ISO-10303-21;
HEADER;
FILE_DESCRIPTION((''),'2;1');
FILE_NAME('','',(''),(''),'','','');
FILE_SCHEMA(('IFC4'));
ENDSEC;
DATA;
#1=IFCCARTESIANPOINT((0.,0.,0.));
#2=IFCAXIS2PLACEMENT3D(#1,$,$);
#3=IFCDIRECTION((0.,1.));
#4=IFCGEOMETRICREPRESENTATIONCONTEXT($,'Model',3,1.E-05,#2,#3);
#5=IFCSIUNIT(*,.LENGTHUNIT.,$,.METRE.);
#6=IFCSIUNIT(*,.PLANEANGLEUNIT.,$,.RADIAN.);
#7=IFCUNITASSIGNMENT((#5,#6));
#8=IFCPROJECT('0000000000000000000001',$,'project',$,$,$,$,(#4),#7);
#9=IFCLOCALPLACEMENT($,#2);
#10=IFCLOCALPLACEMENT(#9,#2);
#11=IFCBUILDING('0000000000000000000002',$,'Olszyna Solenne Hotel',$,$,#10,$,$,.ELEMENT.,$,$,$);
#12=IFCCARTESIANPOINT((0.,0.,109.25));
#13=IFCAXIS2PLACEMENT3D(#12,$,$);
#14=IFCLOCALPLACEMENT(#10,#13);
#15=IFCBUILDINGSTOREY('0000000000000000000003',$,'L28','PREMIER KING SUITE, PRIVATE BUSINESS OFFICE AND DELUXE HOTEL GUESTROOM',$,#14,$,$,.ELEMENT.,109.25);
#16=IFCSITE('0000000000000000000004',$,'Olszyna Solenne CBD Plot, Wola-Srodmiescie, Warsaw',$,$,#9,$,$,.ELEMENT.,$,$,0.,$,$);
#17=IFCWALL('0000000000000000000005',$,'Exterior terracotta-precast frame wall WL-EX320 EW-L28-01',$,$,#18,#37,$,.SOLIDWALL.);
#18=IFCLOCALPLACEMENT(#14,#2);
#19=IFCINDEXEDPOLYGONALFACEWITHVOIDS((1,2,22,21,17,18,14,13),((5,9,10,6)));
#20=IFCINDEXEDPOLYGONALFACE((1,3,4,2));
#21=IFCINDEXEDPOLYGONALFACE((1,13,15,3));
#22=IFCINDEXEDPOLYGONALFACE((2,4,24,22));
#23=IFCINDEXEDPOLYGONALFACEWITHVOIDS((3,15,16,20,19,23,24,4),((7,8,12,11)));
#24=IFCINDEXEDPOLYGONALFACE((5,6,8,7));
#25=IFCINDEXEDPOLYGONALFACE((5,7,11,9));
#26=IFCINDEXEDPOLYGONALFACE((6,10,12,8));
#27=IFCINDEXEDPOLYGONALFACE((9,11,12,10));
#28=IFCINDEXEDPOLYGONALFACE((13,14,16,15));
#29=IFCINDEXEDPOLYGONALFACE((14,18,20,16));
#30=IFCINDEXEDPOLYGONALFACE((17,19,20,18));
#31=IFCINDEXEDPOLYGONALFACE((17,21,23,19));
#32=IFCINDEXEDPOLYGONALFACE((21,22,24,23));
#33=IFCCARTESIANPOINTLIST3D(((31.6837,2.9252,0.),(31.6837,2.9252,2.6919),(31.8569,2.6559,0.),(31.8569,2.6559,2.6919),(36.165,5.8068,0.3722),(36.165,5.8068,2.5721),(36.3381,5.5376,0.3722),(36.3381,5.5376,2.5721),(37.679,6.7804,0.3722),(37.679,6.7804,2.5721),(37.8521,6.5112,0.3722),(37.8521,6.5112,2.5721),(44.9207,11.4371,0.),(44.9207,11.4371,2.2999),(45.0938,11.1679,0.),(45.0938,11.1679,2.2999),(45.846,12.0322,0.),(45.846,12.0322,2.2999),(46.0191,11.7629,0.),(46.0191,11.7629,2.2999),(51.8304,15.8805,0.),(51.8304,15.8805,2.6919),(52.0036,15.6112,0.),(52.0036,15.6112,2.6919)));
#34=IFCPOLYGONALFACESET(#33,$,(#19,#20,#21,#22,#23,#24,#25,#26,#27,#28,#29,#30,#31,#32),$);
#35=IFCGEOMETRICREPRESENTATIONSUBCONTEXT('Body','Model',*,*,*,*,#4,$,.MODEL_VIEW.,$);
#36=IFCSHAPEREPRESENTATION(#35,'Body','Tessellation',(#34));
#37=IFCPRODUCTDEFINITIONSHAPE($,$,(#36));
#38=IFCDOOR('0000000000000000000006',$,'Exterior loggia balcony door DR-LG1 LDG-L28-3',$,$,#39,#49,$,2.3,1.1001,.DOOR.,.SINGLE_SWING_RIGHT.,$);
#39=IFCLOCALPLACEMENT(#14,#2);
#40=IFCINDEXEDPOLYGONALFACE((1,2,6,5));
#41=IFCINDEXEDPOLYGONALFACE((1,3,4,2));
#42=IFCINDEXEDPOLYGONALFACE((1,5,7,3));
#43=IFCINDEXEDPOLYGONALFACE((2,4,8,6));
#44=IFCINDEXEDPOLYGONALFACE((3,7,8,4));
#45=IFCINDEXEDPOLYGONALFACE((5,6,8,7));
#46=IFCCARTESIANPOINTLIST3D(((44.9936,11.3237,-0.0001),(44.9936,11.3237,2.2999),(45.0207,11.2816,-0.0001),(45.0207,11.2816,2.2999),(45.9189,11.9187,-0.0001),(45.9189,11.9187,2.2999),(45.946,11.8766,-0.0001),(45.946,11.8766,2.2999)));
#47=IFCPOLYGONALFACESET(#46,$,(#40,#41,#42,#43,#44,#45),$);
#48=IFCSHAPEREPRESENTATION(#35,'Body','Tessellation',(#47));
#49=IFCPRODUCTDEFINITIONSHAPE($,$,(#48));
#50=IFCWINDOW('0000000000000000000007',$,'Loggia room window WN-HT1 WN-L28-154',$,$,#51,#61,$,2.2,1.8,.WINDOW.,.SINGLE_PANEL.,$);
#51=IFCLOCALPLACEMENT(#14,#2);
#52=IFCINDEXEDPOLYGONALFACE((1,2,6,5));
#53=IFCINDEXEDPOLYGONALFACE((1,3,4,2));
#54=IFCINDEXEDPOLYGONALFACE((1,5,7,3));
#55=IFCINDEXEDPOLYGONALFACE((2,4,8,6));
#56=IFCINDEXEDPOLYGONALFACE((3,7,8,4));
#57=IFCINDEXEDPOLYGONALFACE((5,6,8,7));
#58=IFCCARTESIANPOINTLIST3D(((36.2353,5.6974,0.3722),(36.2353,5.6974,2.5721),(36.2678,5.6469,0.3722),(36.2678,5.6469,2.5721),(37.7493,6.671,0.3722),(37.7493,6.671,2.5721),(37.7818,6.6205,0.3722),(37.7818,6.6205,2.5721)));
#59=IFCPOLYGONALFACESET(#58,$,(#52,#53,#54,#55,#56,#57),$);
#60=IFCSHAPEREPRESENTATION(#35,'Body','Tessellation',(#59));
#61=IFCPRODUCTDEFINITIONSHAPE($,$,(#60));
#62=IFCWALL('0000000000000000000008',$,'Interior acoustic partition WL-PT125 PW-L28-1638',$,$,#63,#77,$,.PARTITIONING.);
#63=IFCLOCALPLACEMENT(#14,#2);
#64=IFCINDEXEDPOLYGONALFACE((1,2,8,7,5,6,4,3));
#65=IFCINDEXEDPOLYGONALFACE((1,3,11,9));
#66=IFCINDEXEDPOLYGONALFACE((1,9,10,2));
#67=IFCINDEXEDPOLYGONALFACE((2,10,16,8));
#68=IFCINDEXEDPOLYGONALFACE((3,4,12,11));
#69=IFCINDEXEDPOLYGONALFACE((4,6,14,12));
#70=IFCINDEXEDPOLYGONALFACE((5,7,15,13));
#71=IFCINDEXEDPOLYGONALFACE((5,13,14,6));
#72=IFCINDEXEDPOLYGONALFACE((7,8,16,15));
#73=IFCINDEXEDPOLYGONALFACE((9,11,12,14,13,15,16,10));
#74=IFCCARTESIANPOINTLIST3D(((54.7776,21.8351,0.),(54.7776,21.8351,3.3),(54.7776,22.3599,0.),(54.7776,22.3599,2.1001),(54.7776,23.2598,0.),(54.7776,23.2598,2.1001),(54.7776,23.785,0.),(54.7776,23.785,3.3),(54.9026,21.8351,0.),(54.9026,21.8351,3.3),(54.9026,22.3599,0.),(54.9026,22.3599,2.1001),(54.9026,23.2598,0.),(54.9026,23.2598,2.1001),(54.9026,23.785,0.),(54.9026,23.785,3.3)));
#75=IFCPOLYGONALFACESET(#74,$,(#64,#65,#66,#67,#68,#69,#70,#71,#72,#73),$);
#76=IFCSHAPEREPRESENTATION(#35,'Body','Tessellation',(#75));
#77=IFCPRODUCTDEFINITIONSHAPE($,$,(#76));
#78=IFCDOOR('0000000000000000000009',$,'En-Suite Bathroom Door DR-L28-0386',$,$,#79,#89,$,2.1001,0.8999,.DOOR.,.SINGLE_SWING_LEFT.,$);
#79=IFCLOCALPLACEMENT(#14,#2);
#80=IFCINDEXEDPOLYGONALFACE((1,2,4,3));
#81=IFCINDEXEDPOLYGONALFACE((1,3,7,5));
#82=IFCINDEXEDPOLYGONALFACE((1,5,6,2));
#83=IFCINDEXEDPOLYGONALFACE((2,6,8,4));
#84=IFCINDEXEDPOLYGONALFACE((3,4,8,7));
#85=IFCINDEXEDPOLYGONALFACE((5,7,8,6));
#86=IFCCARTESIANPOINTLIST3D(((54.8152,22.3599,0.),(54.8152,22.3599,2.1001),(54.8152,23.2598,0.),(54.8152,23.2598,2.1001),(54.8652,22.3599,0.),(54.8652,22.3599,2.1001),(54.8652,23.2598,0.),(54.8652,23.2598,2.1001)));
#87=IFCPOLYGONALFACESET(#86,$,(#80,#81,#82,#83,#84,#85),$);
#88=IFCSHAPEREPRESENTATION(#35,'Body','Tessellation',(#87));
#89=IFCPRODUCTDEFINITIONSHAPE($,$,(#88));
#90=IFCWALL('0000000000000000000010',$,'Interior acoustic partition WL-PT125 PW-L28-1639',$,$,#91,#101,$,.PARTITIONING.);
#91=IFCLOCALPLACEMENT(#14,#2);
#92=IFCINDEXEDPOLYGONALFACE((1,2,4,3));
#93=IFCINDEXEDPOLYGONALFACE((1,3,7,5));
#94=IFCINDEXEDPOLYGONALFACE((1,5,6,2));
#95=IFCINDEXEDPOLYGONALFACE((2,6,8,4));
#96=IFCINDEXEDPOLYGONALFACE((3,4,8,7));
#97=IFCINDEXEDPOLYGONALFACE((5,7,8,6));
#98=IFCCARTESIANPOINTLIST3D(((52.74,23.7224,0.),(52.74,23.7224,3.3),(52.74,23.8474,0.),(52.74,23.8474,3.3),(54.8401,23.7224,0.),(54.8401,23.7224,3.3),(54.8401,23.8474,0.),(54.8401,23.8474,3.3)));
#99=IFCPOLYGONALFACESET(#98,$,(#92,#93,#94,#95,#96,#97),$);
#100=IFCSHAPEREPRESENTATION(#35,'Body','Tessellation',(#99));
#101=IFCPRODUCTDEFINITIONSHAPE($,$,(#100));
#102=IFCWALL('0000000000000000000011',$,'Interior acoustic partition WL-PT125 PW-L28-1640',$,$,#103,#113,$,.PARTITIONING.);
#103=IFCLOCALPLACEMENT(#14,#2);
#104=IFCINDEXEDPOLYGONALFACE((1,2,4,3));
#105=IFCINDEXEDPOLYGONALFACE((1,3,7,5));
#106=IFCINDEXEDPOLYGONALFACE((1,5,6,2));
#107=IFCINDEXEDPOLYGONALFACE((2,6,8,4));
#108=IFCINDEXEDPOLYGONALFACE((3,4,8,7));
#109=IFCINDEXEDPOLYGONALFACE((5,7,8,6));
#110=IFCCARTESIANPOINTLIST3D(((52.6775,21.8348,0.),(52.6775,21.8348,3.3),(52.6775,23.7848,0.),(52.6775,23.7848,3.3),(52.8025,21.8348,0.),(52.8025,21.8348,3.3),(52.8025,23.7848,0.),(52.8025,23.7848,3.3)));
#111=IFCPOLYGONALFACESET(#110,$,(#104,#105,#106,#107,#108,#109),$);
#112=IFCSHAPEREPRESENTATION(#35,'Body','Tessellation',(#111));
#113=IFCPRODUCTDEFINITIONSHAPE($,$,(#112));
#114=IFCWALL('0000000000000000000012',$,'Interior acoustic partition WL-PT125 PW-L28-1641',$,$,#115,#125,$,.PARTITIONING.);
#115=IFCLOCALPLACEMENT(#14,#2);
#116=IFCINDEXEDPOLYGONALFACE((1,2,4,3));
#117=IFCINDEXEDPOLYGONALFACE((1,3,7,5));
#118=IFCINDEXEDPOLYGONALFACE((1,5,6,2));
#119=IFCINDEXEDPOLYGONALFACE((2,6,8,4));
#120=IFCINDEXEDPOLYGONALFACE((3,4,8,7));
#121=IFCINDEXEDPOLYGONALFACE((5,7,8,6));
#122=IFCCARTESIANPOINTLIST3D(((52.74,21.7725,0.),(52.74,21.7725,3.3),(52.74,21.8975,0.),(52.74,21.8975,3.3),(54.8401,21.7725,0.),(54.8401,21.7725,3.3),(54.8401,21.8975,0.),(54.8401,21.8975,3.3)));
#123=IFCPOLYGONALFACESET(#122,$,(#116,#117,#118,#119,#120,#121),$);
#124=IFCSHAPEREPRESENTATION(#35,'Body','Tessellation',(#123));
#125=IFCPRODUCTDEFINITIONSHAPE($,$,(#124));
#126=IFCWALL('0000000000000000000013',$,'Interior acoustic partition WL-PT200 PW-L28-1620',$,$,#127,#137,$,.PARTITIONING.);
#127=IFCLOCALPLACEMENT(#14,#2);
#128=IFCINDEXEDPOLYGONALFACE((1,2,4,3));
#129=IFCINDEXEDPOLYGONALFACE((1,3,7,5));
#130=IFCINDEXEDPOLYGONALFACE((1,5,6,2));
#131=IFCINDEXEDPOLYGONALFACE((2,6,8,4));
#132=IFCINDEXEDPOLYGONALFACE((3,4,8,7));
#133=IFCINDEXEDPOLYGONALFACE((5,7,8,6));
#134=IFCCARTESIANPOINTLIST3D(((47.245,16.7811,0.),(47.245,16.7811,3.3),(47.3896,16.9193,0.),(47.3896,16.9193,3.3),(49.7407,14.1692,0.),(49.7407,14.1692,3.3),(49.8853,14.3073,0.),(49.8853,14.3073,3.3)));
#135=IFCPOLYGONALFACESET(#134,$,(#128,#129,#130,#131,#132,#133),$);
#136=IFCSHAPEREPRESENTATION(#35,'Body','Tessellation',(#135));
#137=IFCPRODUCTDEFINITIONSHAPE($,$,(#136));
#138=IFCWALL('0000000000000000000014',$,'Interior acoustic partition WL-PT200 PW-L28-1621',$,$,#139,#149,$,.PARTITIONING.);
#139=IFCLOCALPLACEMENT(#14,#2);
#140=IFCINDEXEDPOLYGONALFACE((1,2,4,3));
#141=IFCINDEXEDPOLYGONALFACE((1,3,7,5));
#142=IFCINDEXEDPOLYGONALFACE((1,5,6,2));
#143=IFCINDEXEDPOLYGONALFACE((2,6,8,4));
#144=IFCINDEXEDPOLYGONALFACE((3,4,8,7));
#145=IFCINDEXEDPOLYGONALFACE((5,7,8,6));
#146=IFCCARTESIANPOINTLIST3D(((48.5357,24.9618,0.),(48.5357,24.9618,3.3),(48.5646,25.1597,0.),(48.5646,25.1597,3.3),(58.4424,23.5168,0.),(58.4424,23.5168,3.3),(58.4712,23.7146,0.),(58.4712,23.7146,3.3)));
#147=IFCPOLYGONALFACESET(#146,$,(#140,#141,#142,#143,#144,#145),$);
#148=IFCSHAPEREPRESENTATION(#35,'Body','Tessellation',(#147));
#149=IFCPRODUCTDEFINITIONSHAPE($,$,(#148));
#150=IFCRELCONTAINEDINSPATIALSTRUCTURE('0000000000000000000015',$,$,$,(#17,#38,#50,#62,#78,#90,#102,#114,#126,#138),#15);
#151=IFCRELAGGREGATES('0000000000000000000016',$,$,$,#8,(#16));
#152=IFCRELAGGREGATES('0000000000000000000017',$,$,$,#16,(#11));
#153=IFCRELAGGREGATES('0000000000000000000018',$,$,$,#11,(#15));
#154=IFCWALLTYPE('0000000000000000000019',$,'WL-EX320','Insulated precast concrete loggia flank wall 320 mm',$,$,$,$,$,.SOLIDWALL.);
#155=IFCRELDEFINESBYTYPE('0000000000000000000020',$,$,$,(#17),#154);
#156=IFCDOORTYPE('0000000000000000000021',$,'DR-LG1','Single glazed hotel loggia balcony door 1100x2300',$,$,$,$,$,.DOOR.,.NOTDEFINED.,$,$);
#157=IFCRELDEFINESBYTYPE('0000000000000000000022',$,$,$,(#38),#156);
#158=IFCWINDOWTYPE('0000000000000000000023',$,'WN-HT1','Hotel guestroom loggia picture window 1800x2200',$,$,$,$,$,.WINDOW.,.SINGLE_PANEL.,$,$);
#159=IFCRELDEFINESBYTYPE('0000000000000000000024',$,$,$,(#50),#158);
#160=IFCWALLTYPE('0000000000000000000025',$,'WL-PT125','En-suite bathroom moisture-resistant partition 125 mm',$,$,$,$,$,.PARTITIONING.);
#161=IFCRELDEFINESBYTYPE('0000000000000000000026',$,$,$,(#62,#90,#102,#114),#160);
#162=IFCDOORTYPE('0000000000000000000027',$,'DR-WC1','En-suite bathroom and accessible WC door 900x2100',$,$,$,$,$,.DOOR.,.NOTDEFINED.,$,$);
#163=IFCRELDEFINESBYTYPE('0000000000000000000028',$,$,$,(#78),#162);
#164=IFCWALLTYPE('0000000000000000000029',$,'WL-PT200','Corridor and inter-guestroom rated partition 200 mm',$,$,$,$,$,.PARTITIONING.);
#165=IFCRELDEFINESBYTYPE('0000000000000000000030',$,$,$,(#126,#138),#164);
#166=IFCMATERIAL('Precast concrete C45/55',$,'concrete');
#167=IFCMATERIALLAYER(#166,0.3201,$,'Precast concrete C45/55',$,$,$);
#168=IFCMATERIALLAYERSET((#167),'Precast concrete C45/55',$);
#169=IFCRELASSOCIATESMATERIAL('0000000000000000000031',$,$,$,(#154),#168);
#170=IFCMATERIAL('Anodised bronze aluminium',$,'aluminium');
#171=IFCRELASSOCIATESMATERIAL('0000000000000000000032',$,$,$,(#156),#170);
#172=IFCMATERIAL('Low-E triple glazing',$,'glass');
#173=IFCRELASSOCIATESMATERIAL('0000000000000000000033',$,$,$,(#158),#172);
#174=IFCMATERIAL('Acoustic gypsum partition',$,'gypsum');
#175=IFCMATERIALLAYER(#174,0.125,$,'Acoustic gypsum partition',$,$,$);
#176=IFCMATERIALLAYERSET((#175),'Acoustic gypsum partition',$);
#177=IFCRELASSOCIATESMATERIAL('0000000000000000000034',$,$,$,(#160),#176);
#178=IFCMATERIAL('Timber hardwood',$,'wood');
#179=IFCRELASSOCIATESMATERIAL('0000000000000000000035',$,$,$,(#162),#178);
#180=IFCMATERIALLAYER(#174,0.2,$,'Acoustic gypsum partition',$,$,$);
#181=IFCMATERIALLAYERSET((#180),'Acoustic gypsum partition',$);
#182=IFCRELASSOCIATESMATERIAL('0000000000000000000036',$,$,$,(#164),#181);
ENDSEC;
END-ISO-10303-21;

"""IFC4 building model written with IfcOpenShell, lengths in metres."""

from ifc_helpers import new_model, si_unit, direction, frame, frame_2d, origin, place, context, subcontext, project, spatial, rectangle, extrude, source, transform, mapped, material, layer, layer_set, type_object, type_shapes, element, fill, save


model = new_model("IFC4")

# Units and contexts
model_context = context("Model", 3, precision=1e-05, world=origin(), true_north=direction((0.0, 1.0)))
body_context = subcontext(model_context, "Body", "Model", "MODEL_VIEW")
ifc_project = project(units=[si_unit("LENGTHUNIT", "METRE"), si_unit("PLANEANGLEUNIT", "RADIAN")], contexts=[model_context])

# Site, building, storey
site_placement = place(None, origin())
site = spatial("IfcSite", under=ifc_project, at=site_placement, Name="Olszyna Solenne CBD Plot, Wola-Srodmiescie, Warsaw", CompositionType="ELEMENT", RefElevation=0.0)
building_placement = place(site_placement, origin())
building = spatial("IfcBuilding", under=site, at=building_placement, Name="Olszyna Solenne Hotel", CompositionType="ELEMENT")
storey_placement = place(building_placement, frame((0.0, 0.0, 109.25)))
storey = spatial("IfcBuildingStorey", under=building, at=storey_placement, Name="L28", Description="PREMIER KING SUITE, PRIVATE BUSINESS OFFICE AND DELUXE HOTEL GUESTROOM", CompositionType="ELEMENT", Elevation=109.25)

# Wall, openings, door, window
ifc_material_1 = material(Name="Precast concrete C45/55", Category="concrete")
ifc_layer_1 = layer(ifc_material_1, 0.3201, Name="Precast concrete C45/55")
ifc_layer_set_1 = layer_set([ifc_layer_1], Name="Precast concrete C45/55")
wall_type_1 = type_object("IfcWallType", Name="WL-EX320", Description="Insulated precast concrete loggia flank wall 320 mm", PredefinedType="SOLIDWALL", material=ifc_layer_set_1)
wall_1_placement = place(storey_placement, frame((51.917, 15.7458, 0.0), z_axis=(0.0, 0.0, 1.0), x_axis=(-0.841105, -0.540871, 0.0)))
wall_1 = element("IfcWall", 1, at=wall_1_placement, inside=storey, type_object=wall_type_1, Name="Exterior terracotta-precast frame wall WL-EX320 EW-L28-01", PredefinedType="SOLIDWALL", context=body_context, shape_type="SweptSolid", body=[
    extrude(rectangle(XDim=23.9526, YDim=0.3201, at=frame_2d((11.9763, 0.0))), origin(), (0.0, 0.0, 1.0), 2.6919),
])
opening_1_placement = place(wall_1_placement, frame((7.115, 0.0, 0.0)))
opening_1 = element("IfcOpeningElement", 2, at=opening_1_placement, cuts=wall_1, PredefinedType="OPENING", context=body_context, shape_type="SweptSolid", body=[
    extrude(rectangle(XDim=1.1001, YDim=2.3, at=frame_2d((0.55, 1.1499))), frame((0.0, 0.1699, 0.0), z_axis=(0.0, -1.0, 0.0), x_axis=(1.0, 0.0, 0.0)), (0.0, 0.0, 1.0), 0.3401),
])
opening_2_placement = place(wall_1_placement, frame((16.825, 0.0, 0.3721)))
opening_2 = element("IfcOpeningElement", 3, at=opening_2_placement, cuts=wall_1, PredefinedType="OPENING", context=body_context, shape_type="SweptSolid", body=[
    extrude(rectangle(XDim=1.8, YDim=2.2, at=frame_2d((0.8999, 1.1001))), frame((0.0, 0.1699, 0.0), z_axis=(0.0, -1.0, 0.0), x_axis=(1.0, 0.0, 0.0)), (0.0, 0.0, 1.0), 0.3401),
])
ifc_material_2 = material(Name="Anodised bronze aluminium", Category="aluminium")
door_type_1 = type_object("IfcDoorType", Name="DR-LG1", Description="Single glazed hotel loggia balcony door 1100x2300", OperationType="NOTDEFINED", PredefinedType="DOOR", material=ifc_material_2)
shared_shape_1 = source(origin(), body_context, "Body", "SweptSolid", [
    extrude(rectangle(XDim=1.1001, YDim=2.3, at=frame_2d((0.55, 1.1499))), frame((0.0, 0.0249, 0.0), z_axis=(0.0, -1.0, 0.0), x_axis=(1.0, 0.0, 0.0)), (0.0, 0.0, 1.0), 0.05),
])
type_shapes(door_type_1, [shared_shape_1])
door_1_placement = place(opening_1_placement, origin())
door_1 = element("IfcDoor", 4, at=door_1_placement, inside=storey, type_object=door_type_1, Name="Exterior loggia balcony door DR-LG1 LDG-L28-3", OperationType="SINGLE_SWING_RIGHT", OverallHeight=2.3, OverallWidth=1.1001, PredefinedType="DOOR", context=body_context, shape_type="MappedRepresentation", body=[
    mapped(shared_shape_1, transform((0.0, 0.0, 0.0), x_axis=(1.0, 0.0, 0.0), y_axis=(0.0, 1.0, 0.0), z_axis=(0.0, 0.0, 1.0), scale=1.0)),
])
fill(opening_1, door_1)
ifc_material_3 = material(Name="Low-E triple glazing", Category="glass")
window_type = type_object("IfcWindowType", Name="WN-HT1", Description="Hotel guestroom loggia picture window 1800x2200", PartitioningType="SINGLE_PANEL", PredefinedType="WINDOW", material=ifc_material_3)
shared_shape_2 = source(origin(), body_context, "Body", "SweptSolid", [
    extrude(rectangle(XDim=1.8, YDim=2.2, at=frame_2d((0.8999, 1.1001))), frame((0.0, 0.03, 0.0), z_axis=(0.0, -1.0, 0.0), x_axis=(1.0, 0.0, 0.0)), (0.0, 0.0, 1.0), 0.0601),
])
type_shapes(window_type, [shared_shape_2])
window_placement = place(opening_2_placement, origin())
window = element("IfcWindow", 5, at=window_placement, inside=storey, type_object=window_type, Name="Loggia room window WN-HT1 WN-L28-154", OverallHeight=2.2, OverallWidth=1.8, PartitioningType="SINGLE_PANEL", PredefinedType="WINDOW", context=body_context, shape_type="MappedRepresentation", body=[
    mapped(shared_shape_2, transform((0.0, 0.0, 0.0), x_axis=(1.0, 0.0, 0.0), y_axis=(0.0, 1.0, 0.0), z_axis=(0.0, 0.0, 1.0), scale=1.0)),
])
fill(opening_2, window)

# Wall, opening, door
ifc_material_4 = material(Name="Acoustic gypsum partition", Category="gypsum")
ifc_layer_2 = layer(ifc_material_4, 0.125, Name="Acoustic gypsum partition")
ifc_layer_set_2 = layer_set([ifc_layer_2], Name="Acoustic gypsum partition")
wall_type_2 = type_object("IfcWallType", Name="WL-PT125", Description="En-suite bathroom moisture-resistant partition 125 mm", PredefinedType="PARTITIONING", material=ifc_layer_set_2)
wall_2_placement = place(storey_placement, frame((54.8401, 21.835, 0.0), z_axis=(0.0, 0.0, 1.0), x_axis=(0.0, 1.0, 0.0)))
wall_2 = element("IfcWall", 6, at=wall_2_placement, inside=storey, type_object=wall_type_2, Name="Interior acoustic partition WL-PT125 PW-L28-1638", PredefinedType="PARTITIONING", context=body_context, shape_type="SweptSolid", body=[
    extrude(rectangle(XDim=1.95, YDim=0.125, at=frame_2d((0.9751, 0.0))), origin(), (0.0, 0.0, 1.0), 3.3),
])
opening_3_placement = place(wall_2_placement, frame((0.5249, 0.0, 0.0)))
opening_3 = element("IfcOpeningElement", 7, at=opening_3_placement, cuts=wall_2, PredefinedType="OPENING", context=body_context, shape_type="SweptSolid", body=[
    extrude(rectangle(XDim=0.8999, YDim=2.1001, at=frame_2d((0.45, 1.05))), frame((0.0, 0.0725, 0.0), z_axis=(0.0, -1.0, 0.0), x_axis=(1.0, 0.0, 0.0)), (0.0, 0.0, 1.0), 0.145),
])
ifc_material_5 = material(Name="Timber hardwood", Category="wood")
door_type_2 = type_object("IfcDoorType", Name="DR-WC1", Description="En-suite bathroom and accessible WC door 900x2100", OperationType="NOTDEFINED", PredefinedType="DOOR", material=ifc_material_5)
shared_shape_3 = source(origin(), body_context, "Body", "SweptSolid", [
    extrude(rectangle(XDim=0.8999, YDim=2.1001, at=frame_2d((0.45, 1.05))), frame((0.0, 0.0249, 0.0), z_axis=(0.0, -1.0, 0.0), x_axis=(1.0, 0.0, 0.0)), (0.0, 0.0, 1.0), 0.05),
])
type_shapes(door_type_2, [shared_shape_3])
door_2_placement = place(opening_3_placement, origin())
door_2 = element("IfcDoor", 8, at=door_2_placement, inside=storey, type_object=door_type_2, Name="En-Suite Bathroom Door DR-L28-0386", OperationType="SINGLE_SWING_LEFT", OverallHeight=2.1001, OverallWidth=0.8999, PredefinedType="DOOR", context=body_context, shape_type="MappedRepresentation", body=[
    mapped(shared_shape_3, transform((0.0, 0.0, 0.0), x_axis=(1.0, 0.0, 0.0), y_axis=(0.0, 1.0, 0.0), z_axis=(0.0, 0.0, 1.0), scale=1.0)),
])
fill(opening_3, door_2)

# Walls
wall_3_placement = place(storey_placement, frame((54.8401, 23.7849, 0.0), z_axis=(0.0, 0.0, 1.0), x_axis=(-1.0, 0.0, 0.0)))
element("IfcWall", 9, at=wall_3_placement, inside=storey, type_object=wall_type_2, Name="Interior acoustic partition WL-PT125 PW-L28-1639", PredefinedType="PARTITIONING", context=body_context, shape_type="SweptSolid", body=[
    extrude(rectangle(XDim=2.1001, YDim=0.125, at=frame_2d((1.05, 0.0))), origin(), (0.0, 0.0, 1.0), 3.3),
])
wall_4_placement = place(storey_placement, frame((52.74, 23.7849, 0.0), z_axis=(0.0, 0.0, 1.0), x_axis=(0.0, -1.0, 0.0)))
element("IfcWall", 10, at=wall_4_placement, inside=storey, type_object=wall_type_2, Name="Interior acoustic partition WL-PT125 PW-L28-1640", PredefinedType="PARTITIONING", context=body_context, shape_type="SweptSolid", body=[
    extrude(rectangle(XDim=1.95, YDim=0.125, at=frame_2d((0.9751, 0.0))), origin(), (0.0, 0.0, 1.0), 3.3),
])
wall_5_placement = place(storey_placement, frame((52.74, 21.835, 0.0), z_axis=(0.0, 0.0, 1.0), x_axis=(1.0, 0.0, 0.0)))
element("IfcWall", 11, at=wall_5_placement, inside=storey, type_object=wall_type_2, Name="Interior acoustic partition WL-PT125 PW-L28-1641", PredefinedType="PARTITIONING", context=body_context, shape_type="SweptSolid", body=[
    extrude(rectangle(XDim=2.1001, YDim=0.125, at=frame_2d((1.05, 0.0))), origin(), (0.0, 0.0, 1.0), 3.3),
])
ifc_layer_3 = layer(ifc_material_4, 0.2, Name="Acoustic gypsum partition")
ifc_layer_set_3 = layer_set([ifc_layer_3], Name="Acoustic gypsum partition")
wall_type_3 = type_object("IfcWallType", Name="WL-PT200", Description="Corridor and inter-guestroom rated partition 200 mm", PredefinedType="PARTITIONING", material=ifc_layer_set_3)
wall_6_placement = place(storey_placement, frame((47.3174, 16.8501, 0.0), z_axis=(0.0, 0.0, 1.0), x_axis=(0.690839, -0.723009, 0.0)))
element("IfcWall", 12, at=wall_6_placement, inside=storey, type_object=wall_type_3, Name="Interior acoustic partition WL-PT200 PW-L28-1620", PredefinedType="PARTITIONING", context=body_context, shape_type="SweptSolid", body=[
    extrude(rectangle(XDim=3.6125, YDim=0.2, at=frame_2d((1.8062, 0.0))), origin(), (0.0, 0.0, 1.0), 3.3),
])
wall_7_placement = place(storey_placement, frame((48.55, 25.0608, 0.0), z_axis=(0.0, 0.0, 1.0), x_axis=(0.989528, -0.14434, 0.0)))
element("IfcWall", 13, at=wall_7_placement, inside=storey, type_object=wall_type_3, Name="Interior acoustic partition WL-PT200 PW-L28-1621", PredefinedType="PARTITIONING", context=body_context, shape_type="SweptSolid", body=[
    extrude(rectangle(XDim=10.0115, YDim=0.2, at=frame_2d((5.0059, 0.0))), origin(), (0.0, 0.0, 1.0), 3.3),
])

save(model, "model.ifc")
